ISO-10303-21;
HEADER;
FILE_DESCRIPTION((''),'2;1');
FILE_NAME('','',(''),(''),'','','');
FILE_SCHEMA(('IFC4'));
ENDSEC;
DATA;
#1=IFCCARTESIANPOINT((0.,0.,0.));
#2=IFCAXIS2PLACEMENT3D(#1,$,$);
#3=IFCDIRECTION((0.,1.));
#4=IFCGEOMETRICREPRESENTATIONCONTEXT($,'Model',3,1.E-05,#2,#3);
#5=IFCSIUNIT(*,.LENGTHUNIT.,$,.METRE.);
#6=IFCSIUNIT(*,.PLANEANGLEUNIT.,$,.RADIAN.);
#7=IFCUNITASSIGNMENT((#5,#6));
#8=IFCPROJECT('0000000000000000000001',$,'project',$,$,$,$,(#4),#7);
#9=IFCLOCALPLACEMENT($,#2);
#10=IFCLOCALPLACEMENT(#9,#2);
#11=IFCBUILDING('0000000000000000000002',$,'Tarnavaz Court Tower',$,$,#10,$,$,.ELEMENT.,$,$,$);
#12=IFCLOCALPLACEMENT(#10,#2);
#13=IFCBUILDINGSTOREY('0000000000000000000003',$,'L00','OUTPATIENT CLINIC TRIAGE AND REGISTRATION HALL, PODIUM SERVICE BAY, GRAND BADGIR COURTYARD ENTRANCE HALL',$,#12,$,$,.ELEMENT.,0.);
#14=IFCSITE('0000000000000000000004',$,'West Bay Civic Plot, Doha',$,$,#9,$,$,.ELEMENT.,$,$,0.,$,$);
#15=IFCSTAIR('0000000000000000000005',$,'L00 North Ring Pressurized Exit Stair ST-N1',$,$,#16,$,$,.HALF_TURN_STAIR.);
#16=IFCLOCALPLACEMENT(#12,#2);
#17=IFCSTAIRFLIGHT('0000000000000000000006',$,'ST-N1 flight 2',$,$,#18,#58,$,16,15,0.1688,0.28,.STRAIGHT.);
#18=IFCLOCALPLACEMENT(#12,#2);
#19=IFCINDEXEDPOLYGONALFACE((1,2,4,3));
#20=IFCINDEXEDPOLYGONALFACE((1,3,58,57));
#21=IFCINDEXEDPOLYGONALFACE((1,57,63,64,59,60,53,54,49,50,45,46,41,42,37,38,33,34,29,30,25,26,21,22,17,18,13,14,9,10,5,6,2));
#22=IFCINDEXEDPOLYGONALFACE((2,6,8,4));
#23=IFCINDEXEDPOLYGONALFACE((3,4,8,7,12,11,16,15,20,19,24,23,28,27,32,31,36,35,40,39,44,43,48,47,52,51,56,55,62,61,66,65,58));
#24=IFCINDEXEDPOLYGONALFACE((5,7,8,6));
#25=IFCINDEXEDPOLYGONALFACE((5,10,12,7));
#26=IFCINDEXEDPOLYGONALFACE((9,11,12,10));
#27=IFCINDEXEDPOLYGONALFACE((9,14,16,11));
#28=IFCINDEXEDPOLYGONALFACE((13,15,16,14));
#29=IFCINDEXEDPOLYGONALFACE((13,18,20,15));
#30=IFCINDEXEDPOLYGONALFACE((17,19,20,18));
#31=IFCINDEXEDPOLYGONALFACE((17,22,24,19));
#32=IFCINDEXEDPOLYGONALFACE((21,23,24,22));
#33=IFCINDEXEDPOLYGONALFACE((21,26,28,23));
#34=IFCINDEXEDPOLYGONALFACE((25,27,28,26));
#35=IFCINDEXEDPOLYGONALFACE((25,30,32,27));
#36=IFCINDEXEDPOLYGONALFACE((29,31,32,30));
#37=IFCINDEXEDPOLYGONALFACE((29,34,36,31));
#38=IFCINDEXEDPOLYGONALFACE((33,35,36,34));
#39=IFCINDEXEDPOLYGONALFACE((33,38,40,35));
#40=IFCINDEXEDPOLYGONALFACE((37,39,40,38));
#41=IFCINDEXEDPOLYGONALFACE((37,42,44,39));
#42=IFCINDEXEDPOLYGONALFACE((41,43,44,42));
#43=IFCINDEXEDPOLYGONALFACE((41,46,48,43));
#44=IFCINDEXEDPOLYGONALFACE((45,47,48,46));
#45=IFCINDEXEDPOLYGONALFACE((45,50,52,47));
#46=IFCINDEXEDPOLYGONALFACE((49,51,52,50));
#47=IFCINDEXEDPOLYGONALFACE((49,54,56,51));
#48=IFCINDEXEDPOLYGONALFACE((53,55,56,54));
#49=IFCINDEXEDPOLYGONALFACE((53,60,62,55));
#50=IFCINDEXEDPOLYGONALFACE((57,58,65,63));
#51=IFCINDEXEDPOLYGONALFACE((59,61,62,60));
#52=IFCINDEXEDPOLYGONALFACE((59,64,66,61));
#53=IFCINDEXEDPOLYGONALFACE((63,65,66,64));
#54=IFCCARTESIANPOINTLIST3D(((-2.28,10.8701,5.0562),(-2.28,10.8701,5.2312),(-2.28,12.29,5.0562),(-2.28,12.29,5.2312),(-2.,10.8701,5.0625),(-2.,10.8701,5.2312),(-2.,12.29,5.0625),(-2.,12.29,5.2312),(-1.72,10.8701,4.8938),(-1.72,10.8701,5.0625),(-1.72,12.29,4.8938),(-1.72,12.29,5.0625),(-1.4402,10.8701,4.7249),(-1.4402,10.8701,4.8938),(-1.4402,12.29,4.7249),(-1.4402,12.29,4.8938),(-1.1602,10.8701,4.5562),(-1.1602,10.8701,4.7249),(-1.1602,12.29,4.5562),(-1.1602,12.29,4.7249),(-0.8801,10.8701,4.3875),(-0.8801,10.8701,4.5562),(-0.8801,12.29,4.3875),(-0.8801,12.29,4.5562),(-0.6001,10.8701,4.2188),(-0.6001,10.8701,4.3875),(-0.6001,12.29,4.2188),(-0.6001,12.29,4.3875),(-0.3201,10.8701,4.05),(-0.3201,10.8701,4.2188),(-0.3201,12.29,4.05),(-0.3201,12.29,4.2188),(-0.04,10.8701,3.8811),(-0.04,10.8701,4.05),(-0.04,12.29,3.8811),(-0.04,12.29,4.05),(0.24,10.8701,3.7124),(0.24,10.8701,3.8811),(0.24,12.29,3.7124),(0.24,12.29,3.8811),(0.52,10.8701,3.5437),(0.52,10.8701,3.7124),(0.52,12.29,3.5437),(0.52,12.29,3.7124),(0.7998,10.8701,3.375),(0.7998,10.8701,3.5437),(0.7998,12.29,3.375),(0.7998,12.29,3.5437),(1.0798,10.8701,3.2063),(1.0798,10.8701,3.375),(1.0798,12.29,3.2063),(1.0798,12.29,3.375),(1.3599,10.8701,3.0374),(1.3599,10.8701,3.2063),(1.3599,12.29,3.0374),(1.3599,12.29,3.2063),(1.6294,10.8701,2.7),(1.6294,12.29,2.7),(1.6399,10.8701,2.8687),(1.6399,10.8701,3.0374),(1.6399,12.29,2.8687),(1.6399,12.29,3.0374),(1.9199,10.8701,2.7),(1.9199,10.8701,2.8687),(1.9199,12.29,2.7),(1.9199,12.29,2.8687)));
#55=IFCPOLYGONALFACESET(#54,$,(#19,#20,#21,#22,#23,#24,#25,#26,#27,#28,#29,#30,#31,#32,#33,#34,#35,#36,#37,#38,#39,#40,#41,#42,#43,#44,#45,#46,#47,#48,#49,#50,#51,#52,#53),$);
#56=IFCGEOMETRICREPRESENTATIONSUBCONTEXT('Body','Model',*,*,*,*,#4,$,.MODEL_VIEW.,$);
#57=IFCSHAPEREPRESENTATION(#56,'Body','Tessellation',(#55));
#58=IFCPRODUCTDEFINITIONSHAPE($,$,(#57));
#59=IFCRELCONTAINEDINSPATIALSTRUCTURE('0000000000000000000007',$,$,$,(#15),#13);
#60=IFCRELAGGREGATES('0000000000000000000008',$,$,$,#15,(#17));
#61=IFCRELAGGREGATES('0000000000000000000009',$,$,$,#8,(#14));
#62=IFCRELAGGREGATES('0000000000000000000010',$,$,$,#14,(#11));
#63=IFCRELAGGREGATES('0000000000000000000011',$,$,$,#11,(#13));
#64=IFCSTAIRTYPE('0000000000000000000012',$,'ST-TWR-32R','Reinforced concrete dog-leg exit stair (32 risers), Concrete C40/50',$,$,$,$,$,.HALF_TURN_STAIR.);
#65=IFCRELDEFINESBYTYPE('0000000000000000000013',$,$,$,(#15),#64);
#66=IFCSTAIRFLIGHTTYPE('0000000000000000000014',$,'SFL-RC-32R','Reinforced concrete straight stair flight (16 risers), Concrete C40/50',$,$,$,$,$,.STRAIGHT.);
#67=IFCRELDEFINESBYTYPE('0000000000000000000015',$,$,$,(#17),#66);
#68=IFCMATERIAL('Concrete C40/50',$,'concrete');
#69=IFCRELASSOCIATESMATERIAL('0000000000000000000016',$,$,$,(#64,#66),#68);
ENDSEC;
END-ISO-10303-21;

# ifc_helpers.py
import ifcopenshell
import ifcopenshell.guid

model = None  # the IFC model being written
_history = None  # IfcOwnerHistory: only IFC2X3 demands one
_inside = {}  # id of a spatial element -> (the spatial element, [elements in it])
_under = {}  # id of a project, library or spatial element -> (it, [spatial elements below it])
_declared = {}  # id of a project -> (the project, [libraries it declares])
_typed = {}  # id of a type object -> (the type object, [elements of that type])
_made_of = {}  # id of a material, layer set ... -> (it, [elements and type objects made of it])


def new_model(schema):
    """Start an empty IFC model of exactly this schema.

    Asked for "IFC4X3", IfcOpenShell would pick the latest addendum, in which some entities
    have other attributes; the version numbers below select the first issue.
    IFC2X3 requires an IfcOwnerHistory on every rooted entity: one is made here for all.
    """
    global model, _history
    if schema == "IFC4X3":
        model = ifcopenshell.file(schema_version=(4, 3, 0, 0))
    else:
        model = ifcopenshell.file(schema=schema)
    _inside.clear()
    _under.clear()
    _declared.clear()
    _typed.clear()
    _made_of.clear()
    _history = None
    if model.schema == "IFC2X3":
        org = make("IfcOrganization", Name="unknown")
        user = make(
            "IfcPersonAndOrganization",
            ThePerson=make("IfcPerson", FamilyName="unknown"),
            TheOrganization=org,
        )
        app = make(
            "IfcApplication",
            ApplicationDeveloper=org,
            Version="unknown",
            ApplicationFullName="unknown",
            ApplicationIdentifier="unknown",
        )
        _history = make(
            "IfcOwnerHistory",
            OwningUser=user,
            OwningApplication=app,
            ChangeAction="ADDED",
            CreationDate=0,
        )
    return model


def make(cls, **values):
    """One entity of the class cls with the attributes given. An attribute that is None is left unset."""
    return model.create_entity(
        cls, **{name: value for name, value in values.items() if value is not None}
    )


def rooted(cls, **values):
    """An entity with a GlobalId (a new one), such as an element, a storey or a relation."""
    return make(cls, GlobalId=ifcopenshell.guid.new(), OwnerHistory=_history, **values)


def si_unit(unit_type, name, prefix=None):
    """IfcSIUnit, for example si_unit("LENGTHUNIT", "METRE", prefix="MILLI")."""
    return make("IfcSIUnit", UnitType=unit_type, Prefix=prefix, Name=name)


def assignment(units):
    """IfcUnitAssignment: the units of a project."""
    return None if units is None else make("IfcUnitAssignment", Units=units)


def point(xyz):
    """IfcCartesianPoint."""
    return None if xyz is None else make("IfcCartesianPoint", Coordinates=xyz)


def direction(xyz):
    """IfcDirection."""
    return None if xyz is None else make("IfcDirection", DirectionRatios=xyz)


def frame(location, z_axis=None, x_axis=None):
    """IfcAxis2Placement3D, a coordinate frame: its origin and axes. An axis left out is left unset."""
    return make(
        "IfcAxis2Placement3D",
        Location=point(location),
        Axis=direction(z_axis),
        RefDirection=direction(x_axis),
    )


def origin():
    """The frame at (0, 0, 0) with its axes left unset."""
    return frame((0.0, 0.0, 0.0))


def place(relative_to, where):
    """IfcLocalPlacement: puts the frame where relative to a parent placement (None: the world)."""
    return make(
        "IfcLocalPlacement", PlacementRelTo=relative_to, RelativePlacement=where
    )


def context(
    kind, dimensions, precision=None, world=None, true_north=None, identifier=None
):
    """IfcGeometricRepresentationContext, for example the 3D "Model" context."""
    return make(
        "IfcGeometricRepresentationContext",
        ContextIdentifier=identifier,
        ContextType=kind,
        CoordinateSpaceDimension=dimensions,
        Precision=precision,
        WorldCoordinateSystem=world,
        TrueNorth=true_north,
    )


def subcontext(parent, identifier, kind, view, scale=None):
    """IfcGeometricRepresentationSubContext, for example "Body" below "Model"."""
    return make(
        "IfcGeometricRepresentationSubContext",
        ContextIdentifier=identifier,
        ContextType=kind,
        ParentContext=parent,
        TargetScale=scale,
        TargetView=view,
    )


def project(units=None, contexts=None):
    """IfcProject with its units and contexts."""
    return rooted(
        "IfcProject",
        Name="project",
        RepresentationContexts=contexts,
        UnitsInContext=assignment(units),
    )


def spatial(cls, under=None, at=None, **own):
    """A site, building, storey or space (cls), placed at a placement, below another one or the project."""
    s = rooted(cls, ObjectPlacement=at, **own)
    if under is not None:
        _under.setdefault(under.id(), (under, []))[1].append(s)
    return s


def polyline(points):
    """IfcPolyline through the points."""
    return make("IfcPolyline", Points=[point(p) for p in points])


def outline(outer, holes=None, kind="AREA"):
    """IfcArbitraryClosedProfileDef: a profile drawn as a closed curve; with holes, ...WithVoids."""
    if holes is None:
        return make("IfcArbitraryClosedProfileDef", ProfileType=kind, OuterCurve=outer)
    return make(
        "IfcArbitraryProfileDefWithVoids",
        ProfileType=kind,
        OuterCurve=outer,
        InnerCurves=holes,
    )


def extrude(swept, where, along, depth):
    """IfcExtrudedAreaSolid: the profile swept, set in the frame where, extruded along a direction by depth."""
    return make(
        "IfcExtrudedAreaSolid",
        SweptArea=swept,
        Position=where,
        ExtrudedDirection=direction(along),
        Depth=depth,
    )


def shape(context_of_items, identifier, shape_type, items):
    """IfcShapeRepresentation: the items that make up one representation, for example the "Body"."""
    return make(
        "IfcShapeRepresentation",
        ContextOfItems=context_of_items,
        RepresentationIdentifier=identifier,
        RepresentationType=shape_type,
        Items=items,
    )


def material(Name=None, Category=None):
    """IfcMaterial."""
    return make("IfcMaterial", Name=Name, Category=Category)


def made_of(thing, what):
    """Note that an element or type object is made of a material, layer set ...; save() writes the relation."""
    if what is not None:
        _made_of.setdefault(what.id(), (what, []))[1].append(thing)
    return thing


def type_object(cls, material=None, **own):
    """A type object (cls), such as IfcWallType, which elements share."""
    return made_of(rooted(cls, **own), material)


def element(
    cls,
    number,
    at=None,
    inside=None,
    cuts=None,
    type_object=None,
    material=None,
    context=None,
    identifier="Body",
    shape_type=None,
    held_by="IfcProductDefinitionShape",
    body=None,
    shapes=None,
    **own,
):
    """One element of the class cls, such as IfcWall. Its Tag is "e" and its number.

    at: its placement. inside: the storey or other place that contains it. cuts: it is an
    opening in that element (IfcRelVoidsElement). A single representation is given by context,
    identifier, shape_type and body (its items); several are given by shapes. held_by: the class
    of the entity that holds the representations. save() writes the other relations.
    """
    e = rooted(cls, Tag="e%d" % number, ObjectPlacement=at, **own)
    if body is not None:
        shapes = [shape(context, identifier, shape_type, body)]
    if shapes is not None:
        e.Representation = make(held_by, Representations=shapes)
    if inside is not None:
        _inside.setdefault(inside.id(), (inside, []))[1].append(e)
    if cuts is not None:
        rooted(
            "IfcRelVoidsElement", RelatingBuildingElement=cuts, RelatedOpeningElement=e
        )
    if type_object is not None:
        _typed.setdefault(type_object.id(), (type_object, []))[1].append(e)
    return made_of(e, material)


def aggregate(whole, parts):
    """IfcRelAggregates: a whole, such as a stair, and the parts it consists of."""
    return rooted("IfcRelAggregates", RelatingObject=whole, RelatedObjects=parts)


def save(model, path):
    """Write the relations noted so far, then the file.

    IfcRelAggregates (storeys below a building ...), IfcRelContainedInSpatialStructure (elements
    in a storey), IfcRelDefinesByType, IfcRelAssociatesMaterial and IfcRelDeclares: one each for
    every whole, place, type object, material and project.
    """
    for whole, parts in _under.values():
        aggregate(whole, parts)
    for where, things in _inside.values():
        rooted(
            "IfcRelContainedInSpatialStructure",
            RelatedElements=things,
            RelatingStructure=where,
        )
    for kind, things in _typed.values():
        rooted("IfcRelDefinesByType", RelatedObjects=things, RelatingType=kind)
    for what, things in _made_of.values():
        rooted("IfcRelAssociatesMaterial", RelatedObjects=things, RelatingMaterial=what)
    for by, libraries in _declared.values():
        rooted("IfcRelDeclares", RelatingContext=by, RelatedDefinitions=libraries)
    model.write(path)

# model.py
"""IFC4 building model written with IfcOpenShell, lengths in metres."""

from ifc_helpers import new_model, si_unit, direction, frame, origin, place, context, subcontext, project, spatial, polyline, outline, extrude, material, type_object, element, aggregate, save


model = new_model("IFC4")

# Units and contexts
model_context = context("Model", 3, precision=1e-05, world=origin(), true_north=direction((0.0, 1.0)))
body_context = subcontext(model_context, "Body", "Model", "MODEL_VIEW")
ifc_project = project(units=[si_unit("LENGTHUNIT", "METRE"), si_unit("PLANEANGLEUNIT", "RADIAN")], contexts=[model_context])

# Site, building, storey
site_placement = place(None, origin())
site = spatial("IfcSite", under=ifc_project, at=site_placement, Name="West Bay Civic Plot, Doha", CompositionType="ELEMENT", RefElevation=0.0)
building_placement = place(site_placement, origin())
building = spatial("IfcBuilding", under=site, at=building_placement, Name="Tarnavaz Court Tower", CompositionType="ELEMENT")
storey_placement = place(building_placement, origin())
storey = spatial("IfcBuildingStorey", under=building, at=storey_placement, Name="L00", Description="OUTPATIENT CLINIC TRIAGE AND REGISTRATION HALL, PODIUM SERVICE BAY, GRAND BADGIR COURTYARD ENTRANCE HALL", CompositionType="ELEMENT", Elevation=0.0)

# Stair, stair flight
ifc_material_1 = material(Name="Concrete C40/50", Category="concrete")
stair_type = type_object("IfcStairType", Name="ST-TWR-32R", Description="Reinforced concrete dog-leg exit stair (32 risers), Concrete C40/50", PredefinedType="HALF_TURN_STAIR", material=ifc_material_1)
stair_placement = place(storey_placement, origin())
stair = element("IfcStair", 1, at=stair_placement, inside=storey, type_object=stair_type, Name="L00 North Ring Pressurized Exit Stair ST-N1", PredefinedType="HALF_TURN_STAIR")
stair_flight_type = type_object("IfcStairFlightType", Name="SFL-RC-32R", Description="Reinforced concrete straight stair flight (16 risers), Concrete C40/50", PredefinedType="STRAIGHT", material=ifc_material_1)
stair_flight_placement = place(storey_placement, frame((1.9199, 11.5801, 2.7), z_axis=(0.0, 0.0, 1.0), x_axis=(-1.0, 0.0, 0.0)))
stair_flight = element("IfcStairFlight", 2, at=stair_flight_placement, type_object=stair_flight_type, Name="ST-N1 flight 2", NumberOfRisers=16, NumberOfTreads=15, PredefinedType="STRAIGHT", RiserHeight=0.1688, TreadLength=0.28, context=body_context, shape_type="SweptSolid", body=[
    extrude(outline(polyline([(0.0, 0.0), (0.0, 0.1687), (0.28, 0.1687), (0.28, 0.3374), (0.5601, 0.3374), (0.5601, 0.5063), (0.8401, 0.5063), (0.8401, 0.675), (1.1201, 0.675), (1.1201, 0.8438), (1.3999, 0.8438), (1.3999, 1.0125), (1.6799, 1.0125), (1.6799, 1.1812), (1.96, 1.1812), (1.96, 1.3501), (2.24, 1.3501), (2.24, 1.5188), (2.52, 1.5188), (2.52, 1.6875), (2.8, 1.6875), (2.8, 1.8562), (3.0801, 1.8562), (3.0801, 2.0249), (3.3601, 2.0249), (3.3601, 2.1938), (3.6399, 2.1938), (3.6399, 2.3625), (3.9199, 2.3625), (3.9199, 2.5312), (4.2, 2.5312), (4.2, 2.7), (4.2, 2.3562), (0.2905, 0.0), (0.0, 0.0)])), frame((0.0, 0.71, 0.0), z_axis=(0.0, -1.0, 0.0), x_axis=(1.0, 0.0, 0.0)), (0.0, 0.0, 1.0), 1.4199),
])
aggregate(stair, [stair_flight])

save(model, "model.ifc")
